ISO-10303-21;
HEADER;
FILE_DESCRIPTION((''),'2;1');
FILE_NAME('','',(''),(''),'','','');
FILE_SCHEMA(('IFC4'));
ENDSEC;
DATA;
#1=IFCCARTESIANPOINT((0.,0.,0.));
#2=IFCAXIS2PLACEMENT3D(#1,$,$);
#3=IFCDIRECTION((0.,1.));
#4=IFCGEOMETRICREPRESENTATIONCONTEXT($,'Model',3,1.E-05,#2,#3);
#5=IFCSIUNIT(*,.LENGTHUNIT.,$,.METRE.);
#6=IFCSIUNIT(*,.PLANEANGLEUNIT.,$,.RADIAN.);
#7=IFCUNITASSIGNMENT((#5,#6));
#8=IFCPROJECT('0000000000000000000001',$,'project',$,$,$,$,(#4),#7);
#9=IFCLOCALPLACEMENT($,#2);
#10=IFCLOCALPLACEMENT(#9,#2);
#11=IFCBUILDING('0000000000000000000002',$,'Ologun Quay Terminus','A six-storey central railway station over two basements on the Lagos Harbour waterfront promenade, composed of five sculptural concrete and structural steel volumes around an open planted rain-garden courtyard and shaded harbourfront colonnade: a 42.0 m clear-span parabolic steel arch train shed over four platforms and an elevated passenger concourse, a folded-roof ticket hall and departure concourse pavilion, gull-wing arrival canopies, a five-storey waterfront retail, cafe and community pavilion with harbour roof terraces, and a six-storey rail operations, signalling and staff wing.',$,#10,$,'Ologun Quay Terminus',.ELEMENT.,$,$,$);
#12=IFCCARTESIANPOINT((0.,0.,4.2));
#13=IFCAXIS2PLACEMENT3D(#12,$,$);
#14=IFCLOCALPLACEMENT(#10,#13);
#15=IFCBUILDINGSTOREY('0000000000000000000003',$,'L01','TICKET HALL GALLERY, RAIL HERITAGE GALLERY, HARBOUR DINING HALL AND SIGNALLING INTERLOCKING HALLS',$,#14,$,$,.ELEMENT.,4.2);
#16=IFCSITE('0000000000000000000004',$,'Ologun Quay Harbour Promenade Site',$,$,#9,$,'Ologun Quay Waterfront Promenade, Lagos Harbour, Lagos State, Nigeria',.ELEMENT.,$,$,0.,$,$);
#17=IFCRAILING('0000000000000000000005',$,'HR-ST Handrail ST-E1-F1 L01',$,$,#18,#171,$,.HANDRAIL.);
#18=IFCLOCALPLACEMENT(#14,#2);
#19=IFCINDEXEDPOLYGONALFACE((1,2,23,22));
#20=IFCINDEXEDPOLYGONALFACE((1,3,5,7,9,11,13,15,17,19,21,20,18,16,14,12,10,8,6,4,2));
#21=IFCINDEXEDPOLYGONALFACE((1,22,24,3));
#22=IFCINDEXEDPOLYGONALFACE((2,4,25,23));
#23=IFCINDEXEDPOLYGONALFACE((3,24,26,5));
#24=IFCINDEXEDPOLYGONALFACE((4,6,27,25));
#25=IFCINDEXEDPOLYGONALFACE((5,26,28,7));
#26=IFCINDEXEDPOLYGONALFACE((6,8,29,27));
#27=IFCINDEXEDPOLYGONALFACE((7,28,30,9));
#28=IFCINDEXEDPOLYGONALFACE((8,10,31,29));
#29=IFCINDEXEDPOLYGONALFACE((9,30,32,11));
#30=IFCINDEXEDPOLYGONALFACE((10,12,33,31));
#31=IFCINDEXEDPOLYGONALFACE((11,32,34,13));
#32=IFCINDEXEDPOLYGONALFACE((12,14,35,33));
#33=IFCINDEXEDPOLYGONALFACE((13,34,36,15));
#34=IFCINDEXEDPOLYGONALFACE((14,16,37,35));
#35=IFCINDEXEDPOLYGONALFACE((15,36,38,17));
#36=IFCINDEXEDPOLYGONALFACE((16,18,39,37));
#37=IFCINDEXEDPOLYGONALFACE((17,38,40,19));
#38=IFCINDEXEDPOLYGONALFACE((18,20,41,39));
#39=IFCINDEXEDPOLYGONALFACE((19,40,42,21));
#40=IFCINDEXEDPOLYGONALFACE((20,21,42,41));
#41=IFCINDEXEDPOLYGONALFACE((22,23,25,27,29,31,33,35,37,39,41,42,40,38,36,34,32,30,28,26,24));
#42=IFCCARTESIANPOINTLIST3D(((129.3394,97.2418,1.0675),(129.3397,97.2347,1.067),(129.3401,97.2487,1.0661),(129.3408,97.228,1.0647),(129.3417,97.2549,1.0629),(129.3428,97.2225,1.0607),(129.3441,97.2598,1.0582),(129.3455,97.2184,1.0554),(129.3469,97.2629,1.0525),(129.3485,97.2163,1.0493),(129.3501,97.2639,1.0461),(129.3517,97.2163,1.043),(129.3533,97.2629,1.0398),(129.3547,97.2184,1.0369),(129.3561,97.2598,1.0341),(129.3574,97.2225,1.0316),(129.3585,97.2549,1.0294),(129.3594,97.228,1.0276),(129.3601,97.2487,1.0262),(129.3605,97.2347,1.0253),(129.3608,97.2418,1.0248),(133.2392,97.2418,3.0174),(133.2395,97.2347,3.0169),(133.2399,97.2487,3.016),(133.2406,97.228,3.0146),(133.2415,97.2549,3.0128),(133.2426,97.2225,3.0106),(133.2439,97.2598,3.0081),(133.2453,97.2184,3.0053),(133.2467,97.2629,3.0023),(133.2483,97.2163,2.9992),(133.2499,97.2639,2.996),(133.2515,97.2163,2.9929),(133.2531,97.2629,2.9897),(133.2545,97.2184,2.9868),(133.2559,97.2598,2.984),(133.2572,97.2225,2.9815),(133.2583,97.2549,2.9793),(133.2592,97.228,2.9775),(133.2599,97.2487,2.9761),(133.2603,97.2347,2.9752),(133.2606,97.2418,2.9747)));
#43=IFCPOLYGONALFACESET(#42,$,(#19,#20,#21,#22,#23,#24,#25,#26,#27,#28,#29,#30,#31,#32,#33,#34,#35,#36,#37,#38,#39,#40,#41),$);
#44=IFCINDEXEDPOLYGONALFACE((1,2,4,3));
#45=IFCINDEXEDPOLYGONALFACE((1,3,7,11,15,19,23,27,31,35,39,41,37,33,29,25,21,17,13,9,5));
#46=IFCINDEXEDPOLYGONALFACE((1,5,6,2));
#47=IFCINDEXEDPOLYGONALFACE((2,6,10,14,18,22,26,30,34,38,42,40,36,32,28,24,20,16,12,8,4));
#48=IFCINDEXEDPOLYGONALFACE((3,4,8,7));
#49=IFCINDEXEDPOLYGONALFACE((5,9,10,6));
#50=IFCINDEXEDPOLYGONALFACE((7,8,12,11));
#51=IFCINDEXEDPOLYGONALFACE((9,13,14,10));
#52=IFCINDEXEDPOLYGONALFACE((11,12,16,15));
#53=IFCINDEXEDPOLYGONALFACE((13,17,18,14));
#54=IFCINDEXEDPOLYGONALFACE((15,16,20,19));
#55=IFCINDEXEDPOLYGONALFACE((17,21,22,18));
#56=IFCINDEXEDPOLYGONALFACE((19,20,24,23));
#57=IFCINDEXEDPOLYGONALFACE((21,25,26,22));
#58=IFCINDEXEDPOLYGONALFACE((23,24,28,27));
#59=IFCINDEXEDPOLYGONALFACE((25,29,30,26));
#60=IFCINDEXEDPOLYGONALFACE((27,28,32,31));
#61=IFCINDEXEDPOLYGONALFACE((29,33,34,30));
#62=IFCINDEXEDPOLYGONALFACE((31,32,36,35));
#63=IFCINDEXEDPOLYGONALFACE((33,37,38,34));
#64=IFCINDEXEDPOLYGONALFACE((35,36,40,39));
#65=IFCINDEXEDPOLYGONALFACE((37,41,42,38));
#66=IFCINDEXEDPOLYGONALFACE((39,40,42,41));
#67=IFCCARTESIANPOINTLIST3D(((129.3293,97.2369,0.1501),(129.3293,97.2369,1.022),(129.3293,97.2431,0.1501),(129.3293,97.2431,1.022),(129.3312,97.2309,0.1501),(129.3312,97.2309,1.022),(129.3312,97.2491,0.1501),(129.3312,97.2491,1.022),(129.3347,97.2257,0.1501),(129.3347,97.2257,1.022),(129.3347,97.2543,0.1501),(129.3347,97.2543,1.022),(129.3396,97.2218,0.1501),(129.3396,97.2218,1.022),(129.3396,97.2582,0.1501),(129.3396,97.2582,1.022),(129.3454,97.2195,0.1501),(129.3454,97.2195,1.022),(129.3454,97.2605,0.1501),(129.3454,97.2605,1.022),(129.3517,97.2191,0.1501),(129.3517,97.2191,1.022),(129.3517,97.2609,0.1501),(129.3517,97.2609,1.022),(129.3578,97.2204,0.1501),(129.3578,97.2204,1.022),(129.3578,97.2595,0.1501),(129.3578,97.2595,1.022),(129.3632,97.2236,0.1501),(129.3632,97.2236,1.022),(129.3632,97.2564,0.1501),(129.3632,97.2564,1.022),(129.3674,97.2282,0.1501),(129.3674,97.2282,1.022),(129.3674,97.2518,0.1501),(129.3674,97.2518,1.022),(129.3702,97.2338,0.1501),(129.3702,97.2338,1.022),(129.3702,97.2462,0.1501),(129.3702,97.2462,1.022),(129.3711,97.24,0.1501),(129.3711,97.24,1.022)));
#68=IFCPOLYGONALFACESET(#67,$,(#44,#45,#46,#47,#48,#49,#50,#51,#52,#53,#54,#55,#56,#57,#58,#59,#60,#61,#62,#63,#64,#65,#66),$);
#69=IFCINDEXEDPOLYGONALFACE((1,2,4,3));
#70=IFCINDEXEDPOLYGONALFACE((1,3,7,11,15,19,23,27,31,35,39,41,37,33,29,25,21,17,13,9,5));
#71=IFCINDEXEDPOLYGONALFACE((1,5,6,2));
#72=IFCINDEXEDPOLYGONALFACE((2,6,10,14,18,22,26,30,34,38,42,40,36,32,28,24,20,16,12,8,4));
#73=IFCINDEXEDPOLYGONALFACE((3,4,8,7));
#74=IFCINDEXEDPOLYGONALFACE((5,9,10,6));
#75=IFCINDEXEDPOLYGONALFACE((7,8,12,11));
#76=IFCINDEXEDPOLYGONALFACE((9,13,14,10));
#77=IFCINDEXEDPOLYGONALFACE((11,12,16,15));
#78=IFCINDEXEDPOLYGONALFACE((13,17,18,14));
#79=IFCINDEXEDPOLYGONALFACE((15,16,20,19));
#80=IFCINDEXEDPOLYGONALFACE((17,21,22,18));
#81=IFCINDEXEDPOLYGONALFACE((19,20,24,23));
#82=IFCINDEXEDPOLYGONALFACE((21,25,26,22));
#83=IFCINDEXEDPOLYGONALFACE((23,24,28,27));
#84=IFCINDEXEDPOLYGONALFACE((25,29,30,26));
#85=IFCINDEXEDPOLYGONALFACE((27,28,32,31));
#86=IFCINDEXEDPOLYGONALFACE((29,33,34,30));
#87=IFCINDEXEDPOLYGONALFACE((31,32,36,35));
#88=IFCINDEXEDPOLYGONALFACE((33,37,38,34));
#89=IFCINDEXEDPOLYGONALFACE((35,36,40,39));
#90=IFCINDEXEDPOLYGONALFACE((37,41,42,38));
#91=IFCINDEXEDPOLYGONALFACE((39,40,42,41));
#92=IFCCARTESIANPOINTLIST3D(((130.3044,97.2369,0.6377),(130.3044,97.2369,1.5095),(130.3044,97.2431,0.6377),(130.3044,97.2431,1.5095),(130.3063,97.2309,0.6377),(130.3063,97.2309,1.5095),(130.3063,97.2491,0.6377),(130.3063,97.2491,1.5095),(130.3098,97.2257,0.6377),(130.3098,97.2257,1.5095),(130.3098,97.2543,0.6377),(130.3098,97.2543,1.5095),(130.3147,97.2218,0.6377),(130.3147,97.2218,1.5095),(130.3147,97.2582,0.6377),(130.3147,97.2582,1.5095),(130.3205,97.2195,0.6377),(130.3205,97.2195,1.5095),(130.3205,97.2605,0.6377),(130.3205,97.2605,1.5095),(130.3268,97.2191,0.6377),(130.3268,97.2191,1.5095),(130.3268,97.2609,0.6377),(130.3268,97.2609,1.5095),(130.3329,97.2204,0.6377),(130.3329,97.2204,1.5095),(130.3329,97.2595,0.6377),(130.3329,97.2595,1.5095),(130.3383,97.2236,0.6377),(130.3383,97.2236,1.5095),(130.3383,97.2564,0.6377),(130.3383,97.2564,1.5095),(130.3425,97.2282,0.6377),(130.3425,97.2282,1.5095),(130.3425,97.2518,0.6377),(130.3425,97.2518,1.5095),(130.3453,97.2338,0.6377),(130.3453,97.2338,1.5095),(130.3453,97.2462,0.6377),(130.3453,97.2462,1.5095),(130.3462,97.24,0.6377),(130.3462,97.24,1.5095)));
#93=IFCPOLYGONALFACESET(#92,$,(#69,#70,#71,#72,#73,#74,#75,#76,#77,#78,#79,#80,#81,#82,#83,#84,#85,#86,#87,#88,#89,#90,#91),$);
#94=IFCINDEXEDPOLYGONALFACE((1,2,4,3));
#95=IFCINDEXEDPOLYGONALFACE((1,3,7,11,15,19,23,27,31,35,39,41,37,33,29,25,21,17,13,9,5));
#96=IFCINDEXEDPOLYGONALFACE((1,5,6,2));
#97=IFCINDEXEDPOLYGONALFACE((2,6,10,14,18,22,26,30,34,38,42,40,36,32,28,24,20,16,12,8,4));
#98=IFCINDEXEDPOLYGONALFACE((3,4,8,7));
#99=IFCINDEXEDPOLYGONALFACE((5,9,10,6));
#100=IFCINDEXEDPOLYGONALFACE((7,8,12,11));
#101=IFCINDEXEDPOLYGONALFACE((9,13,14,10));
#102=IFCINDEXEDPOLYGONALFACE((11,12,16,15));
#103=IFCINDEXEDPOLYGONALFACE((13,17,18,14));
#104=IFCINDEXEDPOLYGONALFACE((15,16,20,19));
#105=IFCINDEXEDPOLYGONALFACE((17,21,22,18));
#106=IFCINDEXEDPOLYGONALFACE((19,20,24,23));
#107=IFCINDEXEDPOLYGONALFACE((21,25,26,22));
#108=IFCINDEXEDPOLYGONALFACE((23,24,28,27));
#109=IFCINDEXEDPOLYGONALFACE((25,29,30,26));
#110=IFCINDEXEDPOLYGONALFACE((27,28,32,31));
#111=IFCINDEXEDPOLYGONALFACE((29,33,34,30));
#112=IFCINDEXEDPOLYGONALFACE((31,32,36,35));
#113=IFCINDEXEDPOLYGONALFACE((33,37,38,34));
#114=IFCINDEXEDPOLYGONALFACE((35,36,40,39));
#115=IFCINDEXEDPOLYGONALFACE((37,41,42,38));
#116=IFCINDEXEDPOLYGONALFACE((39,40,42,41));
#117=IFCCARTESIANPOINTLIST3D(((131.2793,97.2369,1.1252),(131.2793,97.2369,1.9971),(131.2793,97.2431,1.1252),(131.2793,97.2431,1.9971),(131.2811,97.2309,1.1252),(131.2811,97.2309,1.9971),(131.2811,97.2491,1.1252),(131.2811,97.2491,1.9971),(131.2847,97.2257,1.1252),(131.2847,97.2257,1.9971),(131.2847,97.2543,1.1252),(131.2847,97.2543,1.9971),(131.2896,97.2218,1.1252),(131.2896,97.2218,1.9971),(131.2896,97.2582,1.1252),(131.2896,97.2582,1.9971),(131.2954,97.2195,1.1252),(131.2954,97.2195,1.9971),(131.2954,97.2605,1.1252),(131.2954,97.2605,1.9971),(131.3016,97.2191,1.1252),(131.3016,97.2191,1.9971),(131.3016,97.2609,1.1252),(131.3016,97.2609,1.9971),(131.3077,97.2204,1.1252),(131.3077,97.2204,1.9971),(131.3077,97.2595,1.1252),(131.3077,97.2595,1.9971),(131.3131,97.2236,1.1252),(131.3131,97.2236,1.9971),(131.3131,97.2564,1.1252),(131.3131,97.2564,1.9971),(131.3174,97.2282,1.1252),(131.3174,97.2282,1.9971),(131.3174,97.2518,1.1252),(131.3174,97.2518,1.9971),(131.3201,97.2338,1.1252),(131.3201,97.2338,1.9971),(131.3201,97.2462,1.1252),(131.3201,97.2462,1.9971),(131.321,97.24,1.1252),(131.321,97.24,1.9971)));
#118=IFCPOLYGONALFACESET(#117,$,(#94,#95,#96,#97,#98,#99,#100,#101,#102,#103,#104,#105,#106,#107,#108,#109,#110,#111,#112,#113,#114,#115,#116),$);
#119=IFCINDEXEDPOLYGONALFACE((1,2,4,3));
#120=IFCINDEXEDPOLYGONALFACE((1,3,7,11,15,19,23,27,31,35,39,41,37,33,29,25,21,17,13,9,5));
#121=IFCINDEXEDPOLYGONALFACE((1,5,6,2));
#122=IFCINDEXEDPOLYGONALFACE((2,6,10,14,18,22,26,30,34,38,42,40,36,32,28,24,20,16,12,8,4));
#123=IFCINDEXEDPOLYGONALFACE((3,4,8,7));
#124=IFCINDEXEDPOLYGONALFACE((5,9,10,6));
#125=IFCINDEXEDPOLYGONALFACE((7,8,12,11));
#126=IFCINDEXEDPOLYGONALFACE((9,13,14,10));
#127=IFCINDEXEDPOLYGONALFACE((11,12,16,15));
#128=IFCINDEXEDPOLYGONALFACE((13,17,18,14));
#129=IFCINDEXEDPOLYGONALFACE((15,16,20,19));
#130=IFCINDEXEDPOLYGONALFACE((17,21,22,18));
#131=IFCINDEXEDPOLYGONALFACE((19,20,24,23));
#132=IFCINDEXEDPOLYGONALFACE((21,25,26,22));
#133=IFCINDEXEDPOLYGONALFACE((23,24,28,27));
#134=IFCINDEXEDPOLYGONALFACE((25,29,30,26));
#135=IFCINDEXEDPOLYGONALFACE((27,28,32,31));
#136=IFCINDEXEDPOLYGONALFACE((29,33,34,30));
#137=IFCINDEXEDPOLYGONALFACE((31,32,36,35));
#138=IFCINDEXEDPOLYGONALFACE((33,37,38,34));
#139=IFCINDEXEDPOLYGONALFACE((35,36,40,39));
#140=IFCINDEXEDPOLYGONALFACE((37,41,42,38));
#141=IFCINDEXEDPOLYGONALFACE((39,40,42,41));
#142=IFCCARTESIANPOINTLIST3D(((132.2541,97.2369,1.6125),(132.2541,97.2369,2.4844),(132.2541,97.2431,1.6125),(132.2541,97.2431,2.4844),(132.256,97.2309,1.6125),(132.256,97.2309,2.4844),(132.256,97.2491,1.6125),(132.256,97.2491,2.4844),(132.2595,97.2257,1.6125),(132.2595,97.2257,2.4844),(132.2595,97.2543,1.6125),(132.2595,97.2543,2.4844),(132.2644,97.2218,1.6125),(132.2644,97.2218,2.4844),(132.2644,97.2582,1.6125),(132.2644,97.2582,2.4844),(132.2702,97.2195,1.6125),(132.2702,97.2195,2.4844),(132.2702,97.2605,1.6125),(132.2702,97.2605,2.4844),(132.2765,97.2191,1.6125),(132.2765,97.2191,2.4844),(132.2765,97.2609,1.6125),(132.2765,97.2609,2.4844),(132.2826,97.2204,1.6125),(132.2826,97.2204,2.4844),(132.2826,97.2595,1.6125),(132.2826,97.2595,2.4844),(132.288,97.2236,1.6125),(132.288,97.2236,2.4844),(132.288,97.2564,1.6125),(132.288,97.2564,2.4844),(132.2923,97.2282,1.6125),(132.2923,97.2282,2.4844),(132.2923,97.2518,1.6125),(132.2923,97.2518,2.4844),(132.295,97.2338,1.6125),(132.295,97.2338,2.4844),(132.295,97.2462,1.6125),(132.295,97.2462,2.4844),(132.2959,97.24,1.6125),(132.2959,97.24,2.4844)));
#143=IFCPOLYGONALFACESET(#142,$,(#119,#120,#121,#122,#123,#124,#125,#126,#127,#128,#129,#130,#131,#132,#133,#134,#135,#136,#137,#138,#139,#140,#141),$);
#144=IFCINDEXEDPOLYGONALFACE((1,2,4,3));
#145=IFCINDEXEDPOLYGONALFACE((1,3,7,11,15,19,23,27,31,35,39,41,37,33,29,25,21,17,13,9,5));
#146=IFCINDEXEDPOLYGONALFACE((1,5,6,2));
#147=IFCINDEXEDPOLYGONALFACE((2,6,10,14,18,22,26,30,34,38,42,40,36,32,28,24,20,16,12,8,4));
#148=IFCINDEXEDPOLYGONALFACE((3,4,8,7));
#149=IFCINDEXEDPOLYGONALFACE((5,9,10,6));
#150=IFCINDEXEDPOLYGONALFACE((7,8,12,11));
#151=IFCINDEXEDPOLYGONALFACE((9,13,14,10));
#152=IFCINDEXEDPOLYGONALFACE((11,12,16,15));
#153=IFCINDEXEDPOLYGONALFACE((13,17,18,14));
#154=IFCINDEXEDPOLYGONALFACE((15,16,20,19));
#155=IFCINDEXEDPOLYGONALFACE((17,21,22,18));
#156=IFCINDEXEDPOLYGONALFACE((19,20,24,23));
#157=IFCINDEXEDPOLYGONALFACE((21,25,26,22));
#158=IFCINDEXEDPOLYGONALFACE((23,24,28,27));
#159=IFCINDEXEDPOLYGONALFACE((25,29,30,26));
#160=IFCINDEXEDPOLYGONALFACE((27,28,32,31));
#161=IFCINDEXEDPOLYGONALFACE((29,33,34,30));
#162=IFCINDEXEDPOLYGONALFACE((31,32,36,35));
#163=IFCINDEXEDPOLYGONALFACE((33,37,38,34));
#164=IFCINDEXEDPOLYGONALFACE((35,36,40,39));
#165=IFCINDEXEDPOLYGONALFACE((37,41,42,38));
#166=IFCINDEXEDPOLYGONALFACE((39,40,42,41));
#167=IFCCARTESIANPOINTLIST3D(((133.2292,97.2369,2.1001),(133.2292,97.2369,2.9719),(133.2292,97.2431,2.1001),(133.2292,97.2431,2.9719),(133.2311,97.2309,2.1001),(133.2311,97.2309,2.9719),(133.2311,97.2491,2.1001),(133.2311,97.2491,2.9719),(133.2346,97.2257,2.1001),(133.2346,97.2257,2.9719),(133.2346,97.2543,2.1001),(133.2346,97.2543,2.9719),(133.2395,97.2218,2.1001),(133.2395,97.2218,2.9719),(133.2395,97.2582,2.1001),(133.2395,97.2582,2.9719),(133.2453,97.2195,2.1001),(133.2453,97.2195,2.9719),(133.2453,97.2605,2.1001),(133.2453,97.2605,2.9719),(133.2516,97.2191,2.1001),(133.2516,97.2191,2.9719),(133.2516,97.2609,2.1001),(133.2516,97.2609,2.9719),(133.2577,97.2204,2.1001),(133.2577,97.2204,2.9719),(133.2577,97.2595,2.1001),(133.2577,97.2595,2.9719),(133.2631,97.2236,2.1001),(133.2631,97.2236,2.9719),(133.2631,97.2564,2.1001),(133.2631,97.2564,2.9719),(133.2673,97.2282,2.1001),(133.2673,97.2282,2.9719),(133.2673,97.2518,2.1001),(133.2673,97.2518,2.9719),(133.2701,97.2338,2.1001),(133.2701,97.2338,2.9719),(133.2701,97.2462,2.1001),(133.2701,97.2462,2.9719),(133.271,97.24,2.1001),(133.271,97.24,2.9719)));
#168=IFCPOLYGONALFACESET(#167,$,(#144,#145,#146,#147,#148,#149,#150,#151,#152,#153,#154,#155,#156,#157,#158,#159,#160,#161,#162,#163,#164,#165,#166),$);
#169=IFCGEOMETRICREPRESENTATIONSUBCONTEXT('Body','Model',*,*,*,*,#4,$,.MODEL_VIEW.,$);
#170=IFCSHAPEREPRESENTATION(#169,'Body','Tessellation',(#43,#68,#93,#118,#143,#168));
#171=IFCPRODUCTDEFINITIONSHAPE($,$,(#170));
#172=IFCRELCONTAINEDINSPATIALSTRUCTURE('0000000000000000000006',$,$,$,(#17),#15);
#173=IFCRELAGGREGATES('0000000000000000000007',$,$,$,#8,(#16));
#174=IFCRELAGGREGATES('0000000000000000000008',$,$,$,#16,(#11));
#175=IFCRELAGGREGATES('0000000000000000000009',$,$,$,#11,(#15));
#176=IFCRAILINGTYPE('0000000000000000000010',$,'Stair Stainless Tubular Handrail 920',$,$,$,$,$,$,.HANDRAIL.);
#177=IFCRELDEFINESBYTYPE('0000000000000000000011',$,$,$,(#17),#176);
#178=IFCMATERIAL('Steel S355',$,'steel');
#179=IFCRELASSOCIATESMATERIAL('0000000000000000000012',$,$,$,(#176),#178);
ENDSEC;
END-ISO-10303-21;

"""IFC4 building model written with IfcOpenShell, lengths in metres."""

from ifc_helpers import new_model, si_unit, direction, frame, origin, origin_2d, place, context, subcontext, project, spatial, circle, extrude, material, type_object, element, save


model = new_model("IFC4")

# Units and contexts
model_context = context("Model", 3, precision=1e-05, world=origin(), true_north=direction((0.0, 1.0)))
body_context = subcontext(model_context, "Body", "Model", "MODEL_VIEW")
ifc_project = project(units=[si_unit("LENGTHUNIT", "METRE"), si_unit("PLANEANGLEUNIT", "RADIAN")], contexts=[model_context])

# Site, building, storey
site_placement = place(None, origin())
site = spatial("IfcSite", under=ifc_project, at=site_placement, Name="Ologun Quay Harbour Promenade Site", LongName="Ologun Quay Waterfront Promenade, Lagos Harbour, Lagos State, Nigeria", CompositionType="ELEMENT", RefElevation=0.0)
building_placement = place(site_placement, origin())
building = spatial("IfcBuilding", under=site, at=building_placement, Name="Ologun Quay Terminus", Description="A six-storey central railway station over two basements on the Lagos Harbour waterfront promenade, composed of five sculptural concrete and structural steel volumes around an open planted rain-garden courtyard and shaded harbourfront colonnade: a 42.0 m clear-span parabolic steel arch train shed over four platforms and an elevated passenger concourse, a folded-roof ticket hall and departure concourse pavilion, gull-wing arrival canopies, a five-storey waterfront retail, cafe and community pavilion with harbour roof terraces, and a six-storey rail operations, signalling and staff wing.", LongName="Ologun Quay Terminus", CompositionType="ELEMENT")
storey_placement = place(building_placement, frame((0.0, 0.0, 4.2)))
storey = spatial("IfcBuildingStorey", under=building, at=storey_placement, Name="L01", Description="TICKET HALL GALLERY, RAIL HERITAGE GALLERY, HARBOUR DINING HALL AND SIGNALLING INTERLOCKING HALLS", CompositionType="ELEMENT", Elevation=4.2)

# Railing
ifc_material_1 = material(Name="Steel S355", Category="steel")
railing_type_1 = type_object("IfcRailingType", Name="Stair Stainless Tubular Handrail 920", PredefinedType="HANDRAIL", material=ifc_material_1)
railing_1_placement = place(storey_placement, frame((129.3501, 97.24, 0.1501)))
element("IfcRailing", 1, at=railing_1_placement, inside=storey, type_object=railing_type_1, Name="HR-ST Handrail ST-E1-F1 L01", PredefinedType="HANDRAIL", context=body_context, shape_type="SweptSolid", body=[
    extrude(circle(Radius=0.0239, at=origin_2d()), frame((0.0, 0.0, 0.896), z_axis=(0.894427, 0.0, 0.447214), x_axis=(0.0, 1.0, 0.0)), (0.0, 0.0, 1.0), 4.3601),
    extrude(circle(Radius=0.021, at=origin_2d()), origin(), (0.0, 0.0, 1.0), 0.8718),
    extrude(circle(Radius=0.021, at=origin_2d()), frame((0.9751, 0.0, 0.4875)), (0.0, 0.0, 1.0), 0.8718),
    extrude(circle(Radius=0.021, at=origin_2d()), frame((1.95, 0.0, 0.9751)), (0.0, 0.0, 1.0), 0.8718),
    extrude(circle(Radius=0.021, at=origin_2d()), frame((2.9248, 0.0, 1.4624)), (0.0, 0.0, 1.0), 0.8718),
    extrude(circle(Radius=0.021, at=origin_2d()), frame((3.8999, 0.0, 1.95)), (0.0, 0.0, 1.0), 0.8718),
])

save(model, "model.ifc")
